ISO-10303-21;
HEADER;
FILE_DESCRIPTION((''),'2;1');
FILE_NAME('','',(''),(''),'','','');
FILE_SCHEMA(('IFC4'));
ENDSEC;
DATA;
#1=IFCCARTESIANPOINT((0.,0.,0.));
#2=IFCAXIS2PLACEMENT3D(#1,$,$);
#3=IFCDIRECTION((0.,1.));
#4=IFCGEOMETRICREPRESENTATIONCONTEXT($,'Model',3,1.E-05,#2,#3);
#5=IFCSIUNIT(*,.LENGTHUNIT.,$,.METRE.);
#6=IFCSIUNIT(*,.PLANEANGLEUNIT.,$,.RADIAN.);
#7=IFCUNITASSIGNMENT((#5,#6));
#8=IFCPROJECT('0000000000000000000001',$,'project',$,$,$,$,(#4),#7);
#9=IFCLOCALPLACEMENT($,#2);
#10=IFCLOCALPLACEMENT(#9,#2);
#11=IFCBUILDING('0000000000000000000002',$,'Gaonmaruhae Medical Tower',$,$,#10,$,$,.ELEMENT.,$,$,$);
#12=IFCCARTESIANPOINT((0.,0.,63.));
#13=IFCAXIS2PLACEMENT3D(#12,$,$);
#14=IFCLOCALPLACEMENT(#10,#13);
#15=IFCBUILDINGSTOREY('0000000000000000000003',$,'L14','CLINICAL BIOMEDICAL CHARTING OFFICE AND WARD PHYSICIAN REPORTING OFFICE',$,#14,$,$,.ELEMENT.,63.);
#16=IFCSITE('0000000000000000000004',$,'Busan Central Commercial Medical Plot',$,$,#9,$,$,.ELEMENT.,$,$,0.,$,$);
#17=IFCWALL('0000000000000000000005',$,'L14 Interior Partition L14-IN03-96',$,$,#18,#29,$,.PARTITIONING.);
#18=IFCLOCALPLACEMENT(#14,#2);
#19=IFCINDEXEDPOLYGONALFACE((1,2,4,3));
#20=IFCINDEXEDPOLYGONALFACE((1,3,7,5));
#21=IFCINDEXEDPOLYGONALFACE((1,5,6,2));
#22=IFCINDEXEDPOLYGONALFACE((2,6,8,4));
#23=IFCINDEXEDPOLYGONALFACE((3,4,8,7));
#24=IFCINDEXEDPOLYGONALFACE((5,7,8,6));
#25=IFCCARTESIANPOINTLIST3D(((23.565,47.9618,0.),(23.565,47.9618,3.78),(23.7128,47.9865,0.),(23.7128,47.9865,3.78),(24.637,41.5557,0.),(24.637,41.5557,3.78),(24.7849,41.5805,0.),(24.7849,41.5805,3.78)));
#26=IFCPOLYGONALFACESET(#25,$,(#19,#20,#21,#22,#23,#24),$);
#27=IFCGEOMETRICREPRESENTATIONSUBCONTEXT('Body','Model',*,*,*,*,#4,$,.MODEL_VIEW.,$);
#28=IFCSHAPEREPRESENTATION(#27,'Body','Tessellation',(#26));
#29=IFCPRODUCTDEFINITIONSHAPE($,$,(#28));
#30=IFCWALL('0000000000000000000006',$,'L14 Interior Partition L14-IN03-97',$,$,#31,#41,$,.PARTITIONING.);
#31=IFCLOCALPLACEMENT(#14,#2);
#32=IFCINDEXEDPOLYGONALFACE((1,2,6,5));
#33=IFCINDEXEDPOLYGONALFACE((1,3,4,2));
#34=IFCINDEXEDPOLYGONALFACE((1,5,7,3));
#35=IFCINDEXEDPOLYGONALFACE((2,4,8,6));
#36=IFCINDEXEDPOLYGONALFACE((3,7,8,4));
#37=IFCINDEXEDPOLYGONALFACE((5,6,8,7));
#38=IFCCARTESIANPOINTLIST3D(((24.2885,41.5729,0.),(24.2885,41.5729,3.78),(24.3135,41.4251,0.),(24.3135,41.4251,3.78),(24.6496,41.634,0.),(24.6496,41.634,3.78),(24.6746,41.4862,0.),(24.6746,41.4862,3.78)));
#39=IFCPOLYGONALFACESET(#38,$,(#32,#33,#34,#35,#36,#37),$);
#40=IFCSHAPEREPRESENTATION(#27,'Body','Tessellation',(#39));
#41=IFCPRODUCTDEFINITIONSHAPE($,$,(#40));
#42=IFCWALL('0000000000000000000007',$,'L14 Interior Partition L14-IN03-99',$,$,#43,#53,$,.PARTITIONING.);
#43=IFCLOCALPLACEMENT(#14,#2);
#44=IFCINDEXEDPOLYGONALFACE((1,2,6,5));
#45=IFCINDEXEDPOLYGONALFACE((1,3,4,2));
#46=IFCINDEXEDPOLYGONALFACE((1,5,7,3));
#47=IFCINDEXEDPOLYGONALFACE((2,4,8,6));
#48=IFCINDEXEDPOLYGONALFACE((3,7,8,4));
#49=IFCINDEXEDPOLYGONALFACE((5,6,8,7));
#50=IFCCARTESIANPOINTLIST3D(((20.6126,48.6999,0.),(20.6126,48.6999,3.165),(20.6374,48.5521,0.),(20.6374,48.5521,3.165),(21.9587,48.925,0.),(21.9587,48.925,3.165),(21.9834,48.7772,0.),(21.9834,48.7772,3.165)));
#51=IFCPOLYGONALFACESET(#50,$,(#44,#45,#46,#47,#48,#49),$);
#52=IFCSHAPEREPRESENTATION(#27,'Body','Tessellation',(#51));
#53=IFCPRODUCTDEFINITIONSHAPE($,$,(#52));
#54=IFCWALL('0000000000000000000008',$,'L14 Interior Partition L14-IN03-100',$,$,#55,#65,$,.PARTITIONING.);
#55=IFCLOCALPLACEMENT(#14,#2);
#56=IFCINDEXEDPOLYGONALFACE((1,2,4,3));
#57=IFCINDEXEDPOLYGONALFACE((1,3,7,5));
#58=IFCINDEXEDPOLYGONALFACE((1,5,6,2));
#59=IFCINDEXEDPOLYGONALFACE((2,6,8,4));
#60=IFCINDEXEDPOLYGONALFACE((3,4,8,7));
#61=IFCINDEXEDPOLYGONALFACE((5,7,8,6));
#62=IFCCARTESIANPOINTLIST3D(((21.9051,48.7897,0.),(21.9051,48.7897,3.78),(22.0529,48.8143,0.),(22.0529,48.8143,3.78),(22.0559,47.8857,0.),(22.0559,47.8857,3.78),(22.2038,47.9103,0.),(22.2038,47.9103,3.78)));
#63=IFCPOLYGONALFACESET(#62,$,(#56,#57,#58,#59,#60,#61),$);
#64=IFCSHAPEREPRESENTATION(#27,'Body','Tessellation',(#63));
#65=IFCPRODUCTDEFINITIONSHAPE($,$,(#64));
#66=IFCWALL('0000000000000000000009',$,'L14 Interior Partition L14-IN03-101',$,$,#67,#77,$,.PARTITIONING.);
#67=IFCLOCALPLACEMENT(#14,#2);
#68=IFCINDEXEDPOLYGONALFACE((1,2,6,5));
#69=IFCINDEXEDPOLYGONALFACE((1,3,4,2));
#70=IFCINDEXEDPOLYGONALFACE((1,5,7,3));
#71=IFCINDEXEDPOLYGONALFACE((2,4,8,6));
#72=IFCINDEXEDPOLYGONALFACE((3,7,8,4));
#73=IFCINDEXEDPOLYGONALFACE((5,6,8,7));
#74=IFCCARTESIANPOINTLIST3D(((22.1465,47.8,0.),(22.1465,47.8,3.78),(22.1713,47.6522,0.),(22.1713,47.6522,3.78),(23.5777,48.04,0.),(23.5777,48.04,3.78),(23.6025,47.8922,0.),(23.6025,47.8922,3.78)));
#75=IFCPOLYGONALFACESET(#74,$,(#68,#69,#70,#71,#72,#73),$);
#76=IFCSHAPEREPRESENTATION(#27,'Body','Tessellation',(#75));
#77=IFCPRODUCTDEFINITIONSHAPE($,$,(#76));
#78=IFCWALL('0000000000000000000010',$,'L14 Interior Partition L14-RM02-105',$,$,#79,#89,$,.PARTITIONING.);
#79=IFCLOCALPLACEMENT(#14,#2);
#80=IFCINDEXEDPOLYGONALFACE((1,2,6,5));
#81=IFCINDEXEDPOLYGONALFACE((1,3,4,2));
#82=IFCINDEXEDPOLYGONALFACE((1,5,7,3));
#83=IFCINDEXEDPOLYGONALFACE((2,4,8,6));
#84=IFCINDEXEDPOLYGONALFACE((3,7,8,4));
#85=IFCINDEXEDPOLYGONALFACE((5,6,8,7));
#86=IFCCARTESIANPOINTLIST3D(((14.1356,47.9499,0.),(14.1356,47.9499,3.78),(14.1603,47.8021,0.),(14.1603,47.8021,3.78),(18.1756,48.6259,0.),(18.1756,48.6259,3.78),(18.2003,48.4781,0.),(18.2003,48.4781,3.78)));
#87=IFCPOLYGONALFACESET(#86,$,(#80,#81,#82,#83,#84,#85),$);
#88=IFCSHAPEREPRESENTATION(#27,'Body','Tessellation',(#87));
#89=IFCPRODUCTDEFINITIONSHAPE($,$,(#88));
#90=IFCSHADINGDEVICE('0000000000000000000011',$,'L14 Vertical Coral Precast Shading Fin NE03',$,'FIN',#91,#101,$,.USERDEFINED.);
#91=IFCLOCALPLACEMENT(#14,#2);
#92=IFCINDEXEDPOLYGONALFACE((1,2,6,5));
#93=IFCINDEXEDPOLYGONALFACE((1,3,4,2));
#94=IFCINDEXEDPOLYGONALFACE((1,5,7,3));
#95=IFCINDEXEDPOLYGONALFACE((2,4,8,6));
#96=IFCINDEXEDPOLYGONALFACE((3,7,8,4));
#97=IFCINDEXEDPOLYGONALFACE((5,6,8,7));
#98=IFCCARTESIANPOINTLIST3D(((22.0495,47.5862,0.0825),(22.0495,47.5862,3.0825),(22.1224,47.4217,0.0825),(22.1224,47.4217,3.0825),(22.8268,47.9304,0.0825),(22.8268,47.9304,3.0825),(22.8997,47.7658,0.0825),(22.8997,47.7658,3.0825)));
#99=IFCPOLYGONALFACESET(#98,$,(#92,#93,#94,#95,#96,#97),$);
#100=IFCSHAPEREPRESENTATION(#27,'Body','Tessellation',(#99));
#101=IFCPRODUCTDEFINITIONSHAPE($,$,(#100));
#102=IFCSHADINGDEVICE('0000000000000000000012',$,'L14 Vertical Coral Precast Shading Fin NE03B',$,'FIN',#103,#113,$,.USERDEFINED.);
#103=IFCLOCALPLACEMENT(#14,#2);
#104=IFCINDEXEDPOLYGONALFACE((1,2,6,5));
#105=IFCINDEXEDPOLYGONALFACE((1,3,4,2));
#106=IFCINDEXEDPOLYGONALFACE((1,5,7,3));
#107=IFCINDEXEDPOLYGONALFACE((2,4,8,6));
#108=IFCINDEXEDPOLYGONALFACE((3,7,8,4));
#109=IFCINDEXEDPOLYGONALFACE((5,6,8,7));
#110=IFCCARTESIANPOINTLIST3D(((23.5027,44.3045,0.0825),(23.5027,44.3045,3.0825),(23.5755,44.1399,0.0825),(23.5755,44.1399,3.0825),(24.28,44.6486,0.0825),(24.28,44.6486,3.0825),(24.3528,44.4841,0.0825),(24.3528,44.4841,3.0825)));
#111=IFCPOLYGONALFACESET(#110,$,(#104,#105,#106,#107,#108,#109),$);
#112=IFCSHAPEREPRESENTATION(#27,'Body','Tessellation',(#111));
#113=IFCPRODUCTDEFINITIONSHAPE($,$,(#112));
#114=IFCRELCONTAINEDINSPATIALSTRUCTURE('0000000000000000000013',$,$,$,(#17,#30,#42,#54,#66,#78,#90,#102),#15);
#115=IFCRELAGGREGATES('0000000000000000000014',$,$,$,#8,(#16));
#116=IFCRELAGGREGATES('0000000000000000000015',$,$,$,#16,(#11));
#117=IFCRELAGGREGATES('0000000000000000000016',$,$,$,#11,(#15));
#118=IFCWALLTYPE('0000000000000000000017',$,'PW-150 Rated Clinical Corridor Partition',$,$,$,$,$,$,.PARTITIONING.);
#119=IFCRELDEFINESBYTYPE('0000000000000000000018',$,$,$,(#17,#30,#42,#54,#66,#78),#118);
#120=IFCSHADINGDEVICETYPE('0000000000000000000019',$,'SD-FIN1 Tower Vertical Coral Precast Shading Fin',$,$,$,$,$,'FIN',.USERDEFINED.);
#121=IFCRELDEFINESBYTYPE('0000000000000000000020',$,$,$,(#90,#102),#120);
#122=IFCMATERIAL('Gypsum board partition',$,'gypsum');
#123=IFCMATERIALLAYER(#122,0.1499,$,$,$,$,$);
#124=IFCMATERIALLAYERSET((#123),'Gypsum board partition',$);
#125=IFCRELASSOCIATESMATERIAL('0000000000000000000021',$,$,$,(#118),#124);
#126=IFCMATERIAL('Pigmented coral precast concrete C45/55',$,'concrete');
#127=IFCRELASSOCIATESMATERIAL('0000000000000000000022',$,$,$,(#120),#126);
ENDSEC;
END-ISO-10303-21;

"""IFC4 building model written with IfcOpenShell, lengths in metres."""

from ifc_helpers import new_model, si_unit, direction, frame, frame_2d, origin, origin_2d, place, context, subcontext, project, spatial, rectangle, extrude, material, layer, layer_set, type_object, element, save


model = new_model("IFC4")

# Units and contexts
model_context = context("Model", 3, precision=1e-05, world=origin(), true_north=direction((0.0, 1.0)))
body_context = subcontext(model_context, "Body", "Model", "MODEL_VIEW")
ifc_project = project(units=[si_unit("LENGTHUNIT", "METRE"), si_unit("PLANEANGLEUNIT", "RADIAN")], contexts=[model_context])

# Site, building, storey
site_placement = place(None, origin())
site = spatial("IfcSite", under=ifc_project, at=site_placement, Name="Busan Central Commercial Medical Plot", CompositionType="ELEMENT", RefElevation=0.0)
building_placement = place(site_placement, origin())
building = spatial("IfcBuilding", under=site, at=building_placement, Name="Gaonmaruhae Medical Tower", CompositionType="ELEMENT")
storey_placement = place(building_placement, frame((0.0, 0.0, 63.0)))
storey = spatial("IfcBuildingStorey", under=building, at=storey_placement, Name="L14", Description="CLINICAL BIOMEDICAL CHARTING OFFICE AND WARD PHYSICIAN REPORTING OFFICE", CompositionType="ELEMENT", Elevation=63.0)

# Shared definitions
ifc_material_1 = material(Name="Gypsum board partition", Category="gypsum")
ifc_layer_1 = layer(ifc_material_1, 0.1499)
ifc_layer_set_1 = layer_set([ifc_layer_1], Name="Gypsum board partition")
wall_type_1 = type_object("IfcWallType", Name="PW-150 Rated Clinical Corridor Partition", PredefinedType="PARTITIONING", material=ifc_layer_set_1)

# Walls
wall_1_placement = place(storey_placement, frame((23.6389, 47.9741, 0.0), z_axis=(0.0, 0.0, 1.0), x_axis=(0.165051, -0.986285, 0.0)))
element("IfcWall", 1, at=wall_1_placement, inside=storey, type_object=wall_type_1, Name="L14 Interior Partition L14-IN03-96", PredefinedType="PARTITIONING", context=body_context, shape_type="SweptSolid", body=[
    extrude(rectangle(XDim=6.4951, YDim=0.1499, at=frame_2d((3.2476, 0.0))), origin(), (0.0, 0.0, 1.0), 3.78),
])
wall_2_placement = place(storey_placement, frame((24.6621, 41.5601, 0.0), z_axis=(0.0, 0.0, 1.0), x_axis=(-0.986013, -0.166669, 0.0)))
element("IfcWall", 2, at=wall_2_placement, inside=storey, type_object=wall_type_1, Name="L14 Interior Partition L14-IN03-97", PredefinedType="PARTITIONING", context=body_context, shape_type="SweptSolid", body=[
    extrude(rectangle(XDim=0.3662, YDim=0.1499, at=frame_2d((0.1831, 0.0))), origin(), (0.0, 0.0, 1.0), 3.78),
])
wall_3_placement = place(storey_placement, frame((20.625, 48.626, 0.0), z_axis=(0.0, 0.0, 1.0), x_axis=(0.986302, 0.16495, 0.0)))
element("IfcWall", 3, at=wall_3_placement, inside=storey, type_object=wall_type_1, Name="L14 Interior Partition L14-IN03-99", PredefinedType="PARTITIONING", context=body_context, shape_type="SweptSolid", body=[
    extrude(rectangle(XDim=1.3647, YDim=0.1499, at=frame_2d((0.6824, 0.0))), origin(), (0.0, 0.0, 1.0), 3.165),
])
wall_4_placement = place(storey_placement, frame((21.979, 48.802, 0.0), z_axis=(0.0, 0.0, 1.0), x_axis=(0.164615, -0.986358, 0.0)))
element("IfcWall", 4, at=wall_4_placement, inside=storey, type_object=wall_type_1, Name="L14 Interior Partition L14-IN03-100", PredefinedType="PARTITIONING", context=body_context, shape_type="SweptSolid", body=[
    extrude(rectangle(XDim=0.9165, YDim=0.1499, at=frame_2d((0.4583, 0.0))), origin(), (0.0, 0.0, 1.0), 3.78),
])
wall_5_placement = place(storey_placement, frame((22.1589, 47.7261, 0.0), z_axis=(0.0, 0.0, 1.0), x_axis=(0.98623, 0.165381, 0.0)))
element("IfcWall", 5, at=wall_5_placement, inside=storey, type_object=wall_type_1, Name="L14 Interior Partition L14-IN03-101", PredefinedType="PARTITIONING", context=body_context, shape_type="SweptSolid", body=[
    extrude(rectangle(XDim=1.4512, YDim=0.1499, at=frame_2d((0.7256, 0.0))), origin(), (0.0, 0.0, 1.0), 3.78),
])
wall_6_placement = place(storey_placement, frame((14.1479, 47.876, 0.0), z_axis=(0.0, 0.0, 1.0), x_axis=(0.986287, 0.165037, 0.0)))
element("IfcWall", 6, at=wall_6_placement, inside=storey, type_object=wall_type_1, Name="L14 Interior Partition L14-RM02-105", PredefinedType="PARTITIONING", context=body_context, shape_type="SweptSolid", body=[
    extrude(rectangle(XDim=4.0962, YDim=0.1499, at=frame_2d((2.0481, 0.0))), origin(), (0.0, 0.0, 1.0), 3.78),
])

# Shading devices
ifc_material_2 = material(Name="Pigmented coral precast concrete C45/55", Category="concrete")
shading_device_type = type_object("IfcShadingDeviceType", Name="SD-FIN1 Tower Vertical Coral Precast Shading Fin", ElementType="FIN", PredefinedType="USERDEFINED", material=ifc_material_2)
for number, where, z_axis, x_axis, name in (
    (7, (22.4746, 47.676, 0.0825), (0.0, 0.0, 1.0), (0.404838, -0.914388, 0.0), "L14 Vertical Coral Precast Shading Fin NE03"),
    (8, (23.9277, 44.3943, 0.0825), (0.0, 0.0, 1.0), (0.404838, -0.914388, 0.0), "L14 Vertical Coral Precast Shading Fin NE03B"),
):
    element("IfcShadingDevice", number, at=place(storey_placement, frame(where, z_axis=z_axis, x_axis=x_axis)), inside=storey, type_object=shading_device_type, Name=name, ObjectType="FIN", PredefinedType="USERDEFINED", context=body_context, shape_type="SweptSolid", body=[
        extrude(rectangle(XDim=0.1799, YDim=0.8501, at=origin_2d()), origin(), (0.0, 0.0, 1.0), 3.0),
    ])

save(model, "model.ifc")
